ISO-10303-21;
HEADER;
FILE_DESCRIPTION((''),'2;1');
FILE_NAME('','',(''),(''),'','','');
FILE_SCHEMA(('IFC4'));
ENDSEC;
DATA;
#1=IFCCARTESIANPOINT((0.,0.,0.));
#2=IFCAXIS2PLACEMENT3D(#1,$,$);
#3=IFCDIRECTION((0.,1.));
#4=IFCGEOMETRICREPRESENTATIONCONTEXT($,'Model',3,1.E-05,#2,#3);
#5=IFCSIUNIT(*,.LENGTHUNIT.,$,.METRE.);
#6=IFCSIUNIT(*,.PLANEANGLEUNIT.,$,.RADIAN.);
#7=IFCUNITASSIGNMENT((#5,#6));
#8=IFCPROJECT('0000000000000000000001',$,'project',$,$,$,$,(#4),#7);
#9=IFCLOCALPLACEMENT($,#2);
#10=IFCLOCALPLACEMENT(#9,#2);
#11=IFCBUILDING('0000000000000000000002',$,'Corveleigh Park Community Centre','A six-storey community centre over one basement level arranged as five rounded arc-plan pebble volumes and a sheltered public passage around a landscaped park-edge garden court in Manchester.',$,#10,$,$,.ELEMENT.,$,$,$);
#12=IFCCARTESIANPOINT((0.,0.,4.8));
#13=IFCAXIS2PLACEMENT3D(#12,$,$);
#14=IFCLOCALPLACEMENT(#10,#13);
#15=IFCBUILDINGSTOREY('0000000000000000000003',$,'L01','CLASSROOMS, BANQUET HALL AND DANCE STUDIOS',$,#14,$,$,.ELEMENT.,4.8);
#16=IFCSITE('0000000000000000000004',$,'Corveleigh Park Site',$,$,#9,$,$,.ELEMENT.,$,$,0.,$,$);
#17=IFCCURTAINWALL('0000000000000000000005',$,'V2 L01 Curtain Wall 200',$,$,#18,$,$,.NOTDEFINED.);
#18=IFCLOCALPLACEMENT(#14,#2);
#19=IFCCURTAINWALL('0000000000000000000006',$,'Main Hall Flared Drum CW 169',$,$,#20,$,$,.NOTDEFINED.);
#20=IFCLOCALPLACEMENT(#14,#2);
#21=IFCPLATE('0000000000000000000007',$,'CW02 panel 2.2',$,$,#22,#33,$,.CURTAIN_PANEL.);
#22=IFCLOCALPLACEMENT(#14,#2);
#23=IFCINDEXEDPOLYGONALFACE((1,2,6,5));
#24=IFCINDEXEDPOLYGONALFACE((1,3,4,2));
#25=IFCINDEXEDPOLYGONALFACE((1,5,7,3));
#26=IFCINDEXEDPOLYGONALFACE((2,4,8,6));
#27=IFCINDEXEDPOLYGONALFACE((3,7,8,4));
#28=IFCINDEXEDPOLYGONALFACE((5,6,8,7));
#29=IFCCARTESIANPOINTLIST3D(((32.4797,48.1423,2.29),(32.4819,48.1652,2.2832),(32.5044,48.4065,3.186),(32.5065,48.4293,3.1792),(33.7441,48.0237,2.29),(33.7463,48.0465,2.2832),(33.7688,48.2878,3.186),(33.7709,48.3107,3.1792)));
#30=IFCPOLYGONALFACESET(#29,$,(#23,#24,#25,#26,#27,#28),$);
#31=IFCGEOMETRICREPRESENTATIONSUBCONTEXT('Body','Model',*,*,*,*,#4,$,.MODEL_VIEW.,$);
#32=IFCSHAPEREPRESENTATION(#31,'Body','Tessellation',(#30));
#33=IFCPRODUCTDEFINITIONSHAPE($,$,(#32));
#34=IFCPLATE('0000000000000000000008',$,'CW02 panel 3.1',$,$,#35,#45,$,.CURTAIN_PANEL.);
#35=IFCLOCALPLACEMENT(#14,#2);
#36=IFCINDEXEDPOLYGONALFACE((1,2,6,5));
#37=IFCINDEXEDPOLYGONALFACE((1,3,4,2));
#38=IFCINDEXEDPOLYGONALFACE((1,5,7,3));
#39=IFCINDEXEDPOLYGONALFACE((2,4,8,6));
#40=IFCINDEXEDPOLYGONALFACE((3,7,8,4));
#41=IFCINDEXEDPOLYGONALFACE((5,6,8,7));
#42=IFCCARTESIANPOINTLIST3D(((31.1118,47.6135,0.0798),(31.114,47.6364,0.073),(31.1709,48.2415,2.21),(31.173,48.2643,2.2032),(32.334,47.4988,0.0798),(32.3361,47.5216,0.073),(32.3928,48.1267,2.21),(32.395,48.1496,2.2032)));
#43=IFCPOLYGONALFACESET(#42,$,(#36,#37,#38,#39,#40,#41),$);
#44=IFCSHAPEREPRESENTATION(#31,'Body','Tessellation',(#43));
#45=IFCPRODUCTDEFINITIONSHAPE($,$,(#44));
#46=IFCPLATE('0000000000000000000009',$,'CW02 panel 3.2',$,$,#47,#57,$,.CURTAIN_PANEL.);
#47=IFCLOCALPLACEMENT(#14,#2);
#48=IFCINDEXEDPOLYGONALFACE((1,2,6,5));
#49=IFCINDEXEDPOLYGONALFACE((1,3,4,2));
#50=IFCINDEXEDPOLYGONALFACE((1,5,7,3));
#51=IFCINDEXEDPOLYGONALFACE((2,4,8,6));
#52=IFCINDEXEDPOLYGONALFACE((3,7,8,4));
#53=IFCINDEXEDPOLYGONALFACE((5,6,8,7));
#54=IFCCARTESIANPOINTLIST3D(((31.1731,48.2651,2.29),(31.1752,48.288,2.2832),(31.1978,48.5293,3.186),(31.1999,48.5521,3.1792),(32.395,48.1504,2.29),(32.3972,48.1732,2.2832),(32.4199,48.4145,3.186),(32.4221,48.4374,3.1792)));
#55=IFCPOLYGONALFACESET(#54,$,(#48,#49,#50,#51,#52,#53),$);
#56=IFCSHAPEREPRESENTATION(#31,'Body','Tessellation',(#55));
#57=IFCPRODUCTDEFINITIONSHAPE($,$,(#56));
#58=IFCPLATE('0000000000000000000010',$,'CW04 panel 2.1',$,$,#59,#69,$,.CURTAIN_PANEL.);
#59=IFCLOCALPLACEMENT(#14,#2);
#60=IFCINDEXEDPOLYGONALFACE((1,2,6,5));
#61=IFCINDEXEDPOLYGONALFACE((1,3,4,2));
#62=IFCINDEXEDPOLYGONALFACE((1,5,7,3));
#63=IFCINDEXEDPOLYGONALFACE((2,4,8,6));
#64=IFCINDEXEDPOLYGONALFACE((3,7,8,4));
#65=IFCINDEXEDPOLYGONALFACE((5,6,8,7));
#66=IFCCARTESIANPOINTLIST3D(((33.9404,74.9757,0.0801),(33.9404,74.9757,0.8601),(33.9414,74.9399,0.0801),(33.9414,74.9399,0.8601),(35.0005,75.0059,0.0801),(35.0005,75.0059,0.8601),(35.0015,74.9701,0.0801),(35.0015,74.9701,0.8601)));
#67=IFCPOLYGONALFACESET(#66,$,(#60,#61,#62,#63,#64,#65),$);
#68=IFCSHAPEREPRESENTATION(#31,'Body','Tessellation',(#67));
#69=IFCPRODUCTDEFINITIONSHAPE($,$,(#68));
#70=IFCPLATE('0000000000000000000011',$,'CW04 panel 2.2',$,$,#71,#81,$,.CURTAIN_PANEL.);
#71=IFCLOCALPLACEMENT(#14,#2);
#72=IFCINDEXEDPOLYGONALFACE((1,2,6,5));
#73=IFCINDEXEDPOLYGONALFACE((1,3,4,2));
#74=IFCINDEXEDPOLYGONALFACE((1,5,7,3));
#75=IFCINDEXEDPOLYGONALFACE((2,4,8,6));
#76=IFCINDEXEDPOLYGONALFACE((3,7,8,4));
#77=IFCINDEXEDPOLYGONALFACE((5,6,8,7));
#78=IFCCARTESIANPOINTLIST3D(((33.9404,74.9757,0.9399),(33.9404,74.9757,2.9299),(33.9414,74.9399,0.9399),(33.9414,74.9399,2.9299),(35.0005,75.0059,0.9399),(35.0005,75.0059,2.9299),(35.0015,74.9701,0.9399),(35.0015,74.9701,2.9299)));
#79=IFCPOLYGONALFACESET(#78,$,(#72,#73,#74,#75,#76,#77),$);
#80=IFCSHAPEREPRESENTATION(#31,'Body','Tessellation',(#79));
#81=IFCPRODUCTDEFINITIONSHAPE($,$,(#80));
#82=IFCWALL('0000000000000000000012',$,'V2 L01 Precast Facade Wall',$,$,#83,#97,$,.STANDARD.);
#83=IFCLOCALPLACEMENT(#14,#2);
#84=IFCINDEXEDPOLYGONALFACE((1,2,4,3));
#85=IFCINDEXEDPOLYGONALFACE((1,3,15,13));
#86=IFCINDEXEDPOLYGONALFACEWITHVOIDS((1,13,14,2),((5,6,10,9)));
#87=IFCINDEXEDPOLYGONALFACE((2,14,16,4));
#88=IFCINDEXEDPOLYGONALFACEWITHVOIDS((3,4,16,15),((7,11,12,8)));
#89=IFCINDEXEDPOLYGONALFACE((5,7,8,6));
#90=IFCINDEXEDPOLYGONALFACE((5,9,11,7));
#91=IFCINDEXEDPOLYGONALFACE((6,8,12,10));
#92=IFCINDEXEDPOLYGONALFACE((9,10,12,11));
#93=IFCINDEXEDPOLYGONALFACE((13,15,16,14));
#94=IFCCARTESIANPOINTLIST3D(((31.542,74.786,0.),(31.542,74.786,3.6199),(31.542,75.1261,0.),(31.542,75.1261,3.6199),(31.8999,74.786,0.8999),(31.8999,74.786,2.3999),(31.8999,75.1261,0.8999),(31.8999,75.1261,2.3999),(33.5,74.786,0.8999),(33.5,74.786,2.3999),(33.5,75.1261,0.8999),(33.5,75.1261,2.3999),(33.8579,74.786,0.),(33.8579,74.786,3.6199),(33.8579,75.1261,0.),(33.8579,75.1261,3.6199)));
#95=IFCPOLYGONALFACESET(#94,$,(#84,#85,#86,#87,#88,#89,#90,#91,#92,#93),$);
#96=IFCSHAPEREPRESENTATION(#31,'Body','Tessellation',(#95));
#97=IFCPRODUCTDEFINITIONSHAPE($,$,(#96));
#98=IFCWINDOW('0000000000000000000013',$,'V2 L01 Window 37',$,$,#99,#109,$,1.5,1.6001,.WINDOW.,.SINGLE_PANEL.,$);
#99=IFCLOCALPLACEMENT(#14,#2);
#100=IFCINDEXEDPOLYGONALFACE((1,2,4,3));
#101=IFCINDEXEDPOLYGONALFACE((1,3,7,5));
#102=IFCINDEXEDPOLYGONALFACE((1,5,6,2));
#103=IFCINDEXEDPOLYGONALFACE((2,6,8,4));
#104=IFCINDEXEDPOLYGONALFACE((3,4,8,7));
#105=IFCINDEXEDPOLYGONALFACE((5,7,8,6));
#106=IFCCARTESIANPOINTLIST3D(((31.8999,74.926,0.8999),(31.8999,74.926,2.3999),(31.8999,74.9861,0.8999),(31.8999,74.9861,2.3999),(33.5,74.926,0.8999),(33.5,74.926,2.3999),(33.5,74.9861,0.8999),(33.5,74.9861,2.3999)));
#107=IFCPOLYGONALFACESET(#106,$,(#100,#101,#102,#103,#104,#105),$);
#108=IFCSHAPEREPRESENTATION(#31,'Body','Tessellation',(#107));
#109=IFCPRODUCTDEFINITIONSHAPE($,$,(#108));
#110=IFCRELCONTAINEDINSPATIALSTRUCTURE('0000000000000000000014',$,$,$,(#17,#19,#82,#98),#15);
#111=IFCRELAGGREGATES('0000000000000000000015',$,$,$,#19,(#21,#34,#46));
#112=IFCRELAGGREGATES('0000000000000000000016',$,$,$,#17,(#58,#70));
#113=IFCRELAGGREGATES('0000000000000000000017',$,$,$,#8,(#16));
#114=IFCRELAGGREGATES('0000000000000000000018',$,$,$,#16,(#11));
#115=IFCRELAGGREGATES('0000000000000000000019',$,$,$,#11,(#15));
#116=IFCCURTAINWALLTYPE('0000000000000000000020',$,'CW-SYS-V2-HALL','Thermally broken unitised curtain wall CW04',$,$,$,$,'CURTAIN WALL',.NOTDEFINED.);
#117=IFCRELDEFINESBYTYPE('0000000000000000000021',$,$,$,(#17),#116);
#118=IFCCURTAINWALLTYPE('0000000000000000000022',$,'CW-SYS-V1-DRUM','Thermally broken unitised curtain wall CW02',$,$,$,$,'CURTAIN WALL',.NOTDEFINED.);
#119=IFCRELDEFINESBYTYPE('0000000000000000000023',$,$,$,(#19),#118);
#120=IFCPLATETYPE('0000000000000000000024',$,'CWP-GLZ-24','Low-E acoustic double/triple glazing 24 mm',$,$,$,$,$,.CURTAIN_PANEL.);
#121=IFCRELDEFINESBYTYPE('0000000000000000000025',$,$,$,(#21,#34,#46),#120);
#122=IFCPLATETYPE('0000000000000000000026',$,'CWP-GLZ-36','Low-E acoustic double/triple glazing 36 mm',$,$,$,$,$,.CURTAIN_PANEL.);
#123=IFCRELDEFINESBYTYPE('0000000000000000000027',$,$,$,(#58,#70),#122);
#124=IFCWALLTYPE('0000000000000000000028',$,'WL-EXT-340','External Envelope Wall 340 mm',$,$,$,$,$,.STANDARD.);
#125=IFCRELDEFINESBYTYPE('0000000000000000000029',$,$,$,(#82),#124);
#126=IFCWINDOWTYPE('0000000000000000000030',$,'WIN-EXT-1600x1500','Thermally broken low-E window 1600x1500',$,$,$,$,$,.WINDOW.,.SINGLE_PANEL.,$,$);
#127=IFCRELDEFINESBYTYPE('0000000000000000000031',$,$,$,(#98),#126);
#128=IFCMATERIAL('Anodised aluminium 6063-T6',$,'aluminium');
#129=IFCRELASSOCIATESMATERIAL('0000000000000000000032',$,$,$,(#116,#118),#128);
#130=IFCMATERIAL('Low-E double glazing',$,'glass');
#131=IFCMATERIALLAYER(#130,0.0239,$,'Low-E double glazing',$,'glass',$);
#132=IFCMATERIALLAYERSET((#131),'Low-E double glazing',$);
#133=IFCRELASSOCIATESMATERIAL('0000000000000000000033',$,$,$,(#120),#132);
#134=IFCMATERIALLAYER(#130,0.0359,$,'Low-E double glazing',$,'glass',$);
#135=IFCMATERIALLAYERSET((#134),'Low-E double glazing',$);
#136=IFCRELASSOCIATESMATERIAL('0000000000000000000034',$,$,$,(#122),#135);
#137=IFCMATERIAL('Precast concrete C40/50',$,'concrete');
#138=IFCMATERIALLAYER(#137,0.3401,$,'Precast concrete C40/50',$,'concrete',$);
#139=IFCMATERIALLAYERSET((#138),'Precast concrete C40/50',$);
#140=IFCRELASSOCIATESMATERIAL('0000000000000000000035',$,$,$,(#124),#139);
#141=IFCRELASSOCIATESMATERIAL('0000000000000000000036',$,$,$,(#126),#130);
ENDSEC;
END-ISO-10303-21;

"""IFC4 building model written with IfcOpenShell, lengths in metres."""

from ifc_helpers import new_model, si_unit, direction, frame, frame_2d, origin, origin_2d, place, context, subcontext, project, spatial, polyline, rectangle, outline, extrude, material, layer, layer_set, type_object, element, fill, aggregate, save


model = new_model("IFC4")

# Units and contexts
model_context = context("Model", 3, precision=1e-05, world=origin(), true_north=direction((0.0, 1.0)))
body_context = subcontext(model_context, "Body", "Model", "MODEL_VIEW")
ifc_project = project(units=[si_unit("LENGTHUNIT", "METRE"), si_unit("PLANEANGLEUNIT", "RADIAN")], contexts=[model_context])

# Site, building, storey
site_placement = place(None, origin())
site = spatial("IfcSite", under=ifc_project, at=site_placement, Name="Corveleigh Park Site", CompositionType="ELEMENT", RefElevation=0.0)
building_placement = place(site_placement, origin())
building = spatial("IfcBuilding", under=site, at=building_placement, Name="Corveleigh Park Community Centre", Description="A six-storey community centre over one basement level arranged as five rounded arc-plan pebble volumes and a sheltered public passage around a landscaped park-edge garden court in Manchester.", CompositionType="ELEMENT")
storey_placement = place(building_placement, frame((0.0, 0.0, 4.8)))
storey = spatial("IfcBuildingStorey", under=building, at=storey_placement, Name="L01", Description="CLASSROOMS, BANQUET HALL AND DANCE STUDIOS", CompositionType="ELEMENT", Elevation=4.8)

# Curtain wall
ifc_material_1 = material(Name="Anodised aluminium 6063-T6", Category="aluminium")
curtain_wall_type_1 = type_object("IfcCurtainWallType", Name="CW-SYS-V2-HALL", Description="Thermally broken unitised curtain wall CW04", ElementType="CURTAIN WALL", PredefinedType="NOTDEFINED", material=ifc_material_1)
curtain_wall_1_placement = place(storey_placement, origin())
curtain_wall_1 = element("IfcCurtainWall", 1, at=curtain_wall_1_placement, inside=storey, type_object=curtain_wall_type_1, Name="V2 L01 Curtain Wall 200", PredefinedType="NOTDEFINED")

# Curtain wall
curtain_wall_type_2 = type_object("IfcCurtainWallType", Name="CW-SYS-V1-DRUM", Description="Thermally broken unitised curtain wall CW02", ElementType="CURTAIN WALL", PredefinedType="NOTDEFINED", material=ifc_material_1)
curtain_wall_2_placement = place(storey_placement, origin())
curtain_wall_2 = element("IfcCurtainWall", 2, at=curtain_wall_2_placement, inside=storey, type_object=curtain_wall_type_2, Name="Main Hall Flared Drum CW 169", PredefinedType="NOTDEFINED")

# Plates
ifc_material_2 = material(Name="Low-E double glazing", Category="glass")
ifc_layer_1 = layer(ifc_material_2, 0.0239, Name="Low-E double glazing", Category="glass")
ifc_layer_set_1 = layer_set([ifc_layer_1], Name="Low-E double glazing")
plate_type_1 = type_object("IfcPlateType", Name="CWP-GLZ-24", Description="Low-E acoustic double/triple glazing 24 mm", PredefinedType="CURTAIN_PANEL", material=ifc_layer_set_1)
plate_1_placement = place(storey_placement, frame((33.7441, 48.0237, 2.29), z_axis=(-0.089585, -0.954654, 0.283919), x_axis=(-0.995626, 0.09343, 0.0)))
plate_1 = element("IfcPlate", 3, at=plate_1_placement, type_object=plate_type_1, Name="CW02 panel 2.2", PredefinedType="CURTAIN_PANEL", context=body_context, shape_type="SweptSolid", body=[
    extrude(outline(polyline([(0.0, 0.0), (1.27, 0.0), (1.2701, -0.9345), (0.0001, -0.9345), (0.0, 0.0)])), origin(), (0.0, 0.0, -1.0), 0.0239),
])
plate_2_placement = place(storey_placement, frame((32.334, 47.4988, 0.0798), z_axis=(-0.089639, -0.954655, 0.283899), x_axis=(-0.995621, 0.093485, -0.000003)))
plate_2 = element("IfcPlate", 4, at=plate_2_placement, type_object=plate_type_1, Name="CW02 panel 3.1", PredefinedType="CURTAIN_PANEL", context=body_context, shape_type="SweptSolid", body=[
    extrude(outline(polyline([(0.0, 0.0), (1.2275, 0.0), (1.2274, -2.2215), (0.0001, -2.2215), (0.0, 0.0)])), origin(), (0.0, 0.0, -1.0), 0.0239),
])
plate_3_placement = place(storey_placement, frame((32.395, 48.1504, 2.29), z_axis=(-0.089638, -0.954646, 0.283931), x_axis=(-0.995621, 0.093486, 0.000003)))
plate_3 = element("IfcPlate", 5, at=plate_3_placement, type_object=plate_type_1, Name="CW02 panel 3.2", PredefinedType="CURTAIN_PANEL", context=body_context, shape_type="SweptSolid", body=[
    extrude(outline(polyline([(0.0, 0.0), (1.2273, 0.0), (1.2274, -0.9345), (-0.0001, -0.9345), (0.0, 0.0)])), origin(), (0.0, 0.0, -1.0), 0.0239),
])
aggregate(curtain_wall_2, [plate_1, plate_2, plate_3])
ifc_layer_2 = layer(ifc_material_2, 0.0359, Name="Low-E double glazing", Category="glass")
ifc_layer_set_2 = layer_set([ifc_layer_2], Name="Low-E double glazing")
plate_type_2 = type_object("IfcPlateType", Name="CWP-GLZ-36", Description="Low-E acoustic double/triple glazing 36 mm", PredefinedType="CURTAIN_PANEL", material=ifc_layer_set_2)
plate_4_placement = place(storey_placement, frame((34.4709, 74.9729, 0.0801), z_axis=(0.0, 0.0, 1.0), x_axis=(-0.999594, -0.028498, 0.0)))
plate_4 = element("IfcPlate", 6, at=plate_4_placement, type_object=plate_type_2, Name="CW04 panel 2.1", PredefinedType="CURTAIN_PANEL", context=body_context, shape_type="SweptSolid", body=[
    extrude(rectangle(XDim=1.0605, YDim=0.0359, at=origin_2d()), origin(), (0.0, 0.0, 1.0), 0.78),
])
plate_5_placement = place(storey_placement, frame((34.4709, 74.9729, 0.9399), z_axis=(0.0, 0.0, 1.0), x_axis=(-0.999594, -0.028498, 0.0)))
plate_5 = element("IfcPlate", 7, at=plate_5_placement, type_object=plate_type_2, Name="CW04 panel 2.2", PredefinedType="CURTAIN_PANEL", context=body_context, shape_type="SweptSolid", body=[
    extrude(rectangle(XDim=1.0605, YDim=0.0359, at=origin_2d()), origin(), (0.0, 0.0, 1.0), 1.99),
])
aggregate(curtain_wall_1, [plate_4, plate_5])

# Wall, opening, window
ifc_material_3 = material(Name="Precast concrete C40/50", Category="concrete")
ifc_layer_3 = layer(ifc_material_3, 0.3401, Name="Precast concrete C40/50", Category="concrete")
ifc_layer_set_3 = layer_set([ifc_layer_3], Name="Precast concrete C40/50")
wall_type = type_object("IfcWallType", Name="WL-EXT-340", Description="External Envelope Wall 340 mm", PredefinedType="STANDARD", material=ifc_layer_set_3)
wall_placement = place(storey_placement, frame((33.8579, 74.9561, 0.0), z_axis=(0.0, 0.0, 1.0), x_axis=(-1.0, 0.0, 0.0)))
wall = element("IfcWall", 8, at=wall_placement, inside=storey, type_object=wall_type, Name="V2 L01 Precast Facade Wall", PredefinedType="STANDARD", context=body_context, shape_type="SweptSolid", body=[
    extrude(rectangle(XDim=2.3159, YDim=0.3401, at=frame_2d((1.158, 0.0))), origin(), (0.0, 0.0, 1.0), 3.6199),
])
opening_placement = place(wall_placement, frame((0.3579, 0.0, 0.8999)))
opening = element("IfcOpeningElement", 9, at=opening_placement, cuts=wall, PredefinedType="OPENING", context=body_context, shape_type="SweptSolid", body=[
    extrude(rectangle(XDim=1.6001, YDim=1.5, at=frame_2d((0.8, 0.75))), frame((0.0, 0.1799, 0.0), z_axis=(0.0, -1.0, 0.0), x_axis=(1.0, 0.0, 0.0)), (0.0, 0.0, 1.0), 0.3601),
])
window_type = type_object("IfcWindowType", Name="WIN-EXT-1600x1500", Description="Thermally broken low-E window 1600x1500", PartitioningType="SINGLE_PANEL", PredefinedType="WINDOW", material=ifc_material_2)
window_placement = place(opening_placement, origin())
window = element("IfcWindow", 10, at=window_placement, inside=storey, type_object=window_type, Name="V2 L01 Window 37", OverallHeight=1.5, OverallWidth=1.6001, PartitioningType="SINGLE_PANEL", PredefinedType="WINDOW", context=body_context, shape_type="SweptSolid", body=[
    extrude(rectangle(XDim=1.6001, YDim=1.5, at=frame_2d((0.8, 0.75))), frame((0.0, 0.03, 0.0), z_axis=(0.0, -1.0, 0.0), x_axis=(1.0, 0.0, 0.0)), (0.0, 0.0, 1.0), 0.0601),
])
fill(opening, window)

save(model, "model.ifc")
